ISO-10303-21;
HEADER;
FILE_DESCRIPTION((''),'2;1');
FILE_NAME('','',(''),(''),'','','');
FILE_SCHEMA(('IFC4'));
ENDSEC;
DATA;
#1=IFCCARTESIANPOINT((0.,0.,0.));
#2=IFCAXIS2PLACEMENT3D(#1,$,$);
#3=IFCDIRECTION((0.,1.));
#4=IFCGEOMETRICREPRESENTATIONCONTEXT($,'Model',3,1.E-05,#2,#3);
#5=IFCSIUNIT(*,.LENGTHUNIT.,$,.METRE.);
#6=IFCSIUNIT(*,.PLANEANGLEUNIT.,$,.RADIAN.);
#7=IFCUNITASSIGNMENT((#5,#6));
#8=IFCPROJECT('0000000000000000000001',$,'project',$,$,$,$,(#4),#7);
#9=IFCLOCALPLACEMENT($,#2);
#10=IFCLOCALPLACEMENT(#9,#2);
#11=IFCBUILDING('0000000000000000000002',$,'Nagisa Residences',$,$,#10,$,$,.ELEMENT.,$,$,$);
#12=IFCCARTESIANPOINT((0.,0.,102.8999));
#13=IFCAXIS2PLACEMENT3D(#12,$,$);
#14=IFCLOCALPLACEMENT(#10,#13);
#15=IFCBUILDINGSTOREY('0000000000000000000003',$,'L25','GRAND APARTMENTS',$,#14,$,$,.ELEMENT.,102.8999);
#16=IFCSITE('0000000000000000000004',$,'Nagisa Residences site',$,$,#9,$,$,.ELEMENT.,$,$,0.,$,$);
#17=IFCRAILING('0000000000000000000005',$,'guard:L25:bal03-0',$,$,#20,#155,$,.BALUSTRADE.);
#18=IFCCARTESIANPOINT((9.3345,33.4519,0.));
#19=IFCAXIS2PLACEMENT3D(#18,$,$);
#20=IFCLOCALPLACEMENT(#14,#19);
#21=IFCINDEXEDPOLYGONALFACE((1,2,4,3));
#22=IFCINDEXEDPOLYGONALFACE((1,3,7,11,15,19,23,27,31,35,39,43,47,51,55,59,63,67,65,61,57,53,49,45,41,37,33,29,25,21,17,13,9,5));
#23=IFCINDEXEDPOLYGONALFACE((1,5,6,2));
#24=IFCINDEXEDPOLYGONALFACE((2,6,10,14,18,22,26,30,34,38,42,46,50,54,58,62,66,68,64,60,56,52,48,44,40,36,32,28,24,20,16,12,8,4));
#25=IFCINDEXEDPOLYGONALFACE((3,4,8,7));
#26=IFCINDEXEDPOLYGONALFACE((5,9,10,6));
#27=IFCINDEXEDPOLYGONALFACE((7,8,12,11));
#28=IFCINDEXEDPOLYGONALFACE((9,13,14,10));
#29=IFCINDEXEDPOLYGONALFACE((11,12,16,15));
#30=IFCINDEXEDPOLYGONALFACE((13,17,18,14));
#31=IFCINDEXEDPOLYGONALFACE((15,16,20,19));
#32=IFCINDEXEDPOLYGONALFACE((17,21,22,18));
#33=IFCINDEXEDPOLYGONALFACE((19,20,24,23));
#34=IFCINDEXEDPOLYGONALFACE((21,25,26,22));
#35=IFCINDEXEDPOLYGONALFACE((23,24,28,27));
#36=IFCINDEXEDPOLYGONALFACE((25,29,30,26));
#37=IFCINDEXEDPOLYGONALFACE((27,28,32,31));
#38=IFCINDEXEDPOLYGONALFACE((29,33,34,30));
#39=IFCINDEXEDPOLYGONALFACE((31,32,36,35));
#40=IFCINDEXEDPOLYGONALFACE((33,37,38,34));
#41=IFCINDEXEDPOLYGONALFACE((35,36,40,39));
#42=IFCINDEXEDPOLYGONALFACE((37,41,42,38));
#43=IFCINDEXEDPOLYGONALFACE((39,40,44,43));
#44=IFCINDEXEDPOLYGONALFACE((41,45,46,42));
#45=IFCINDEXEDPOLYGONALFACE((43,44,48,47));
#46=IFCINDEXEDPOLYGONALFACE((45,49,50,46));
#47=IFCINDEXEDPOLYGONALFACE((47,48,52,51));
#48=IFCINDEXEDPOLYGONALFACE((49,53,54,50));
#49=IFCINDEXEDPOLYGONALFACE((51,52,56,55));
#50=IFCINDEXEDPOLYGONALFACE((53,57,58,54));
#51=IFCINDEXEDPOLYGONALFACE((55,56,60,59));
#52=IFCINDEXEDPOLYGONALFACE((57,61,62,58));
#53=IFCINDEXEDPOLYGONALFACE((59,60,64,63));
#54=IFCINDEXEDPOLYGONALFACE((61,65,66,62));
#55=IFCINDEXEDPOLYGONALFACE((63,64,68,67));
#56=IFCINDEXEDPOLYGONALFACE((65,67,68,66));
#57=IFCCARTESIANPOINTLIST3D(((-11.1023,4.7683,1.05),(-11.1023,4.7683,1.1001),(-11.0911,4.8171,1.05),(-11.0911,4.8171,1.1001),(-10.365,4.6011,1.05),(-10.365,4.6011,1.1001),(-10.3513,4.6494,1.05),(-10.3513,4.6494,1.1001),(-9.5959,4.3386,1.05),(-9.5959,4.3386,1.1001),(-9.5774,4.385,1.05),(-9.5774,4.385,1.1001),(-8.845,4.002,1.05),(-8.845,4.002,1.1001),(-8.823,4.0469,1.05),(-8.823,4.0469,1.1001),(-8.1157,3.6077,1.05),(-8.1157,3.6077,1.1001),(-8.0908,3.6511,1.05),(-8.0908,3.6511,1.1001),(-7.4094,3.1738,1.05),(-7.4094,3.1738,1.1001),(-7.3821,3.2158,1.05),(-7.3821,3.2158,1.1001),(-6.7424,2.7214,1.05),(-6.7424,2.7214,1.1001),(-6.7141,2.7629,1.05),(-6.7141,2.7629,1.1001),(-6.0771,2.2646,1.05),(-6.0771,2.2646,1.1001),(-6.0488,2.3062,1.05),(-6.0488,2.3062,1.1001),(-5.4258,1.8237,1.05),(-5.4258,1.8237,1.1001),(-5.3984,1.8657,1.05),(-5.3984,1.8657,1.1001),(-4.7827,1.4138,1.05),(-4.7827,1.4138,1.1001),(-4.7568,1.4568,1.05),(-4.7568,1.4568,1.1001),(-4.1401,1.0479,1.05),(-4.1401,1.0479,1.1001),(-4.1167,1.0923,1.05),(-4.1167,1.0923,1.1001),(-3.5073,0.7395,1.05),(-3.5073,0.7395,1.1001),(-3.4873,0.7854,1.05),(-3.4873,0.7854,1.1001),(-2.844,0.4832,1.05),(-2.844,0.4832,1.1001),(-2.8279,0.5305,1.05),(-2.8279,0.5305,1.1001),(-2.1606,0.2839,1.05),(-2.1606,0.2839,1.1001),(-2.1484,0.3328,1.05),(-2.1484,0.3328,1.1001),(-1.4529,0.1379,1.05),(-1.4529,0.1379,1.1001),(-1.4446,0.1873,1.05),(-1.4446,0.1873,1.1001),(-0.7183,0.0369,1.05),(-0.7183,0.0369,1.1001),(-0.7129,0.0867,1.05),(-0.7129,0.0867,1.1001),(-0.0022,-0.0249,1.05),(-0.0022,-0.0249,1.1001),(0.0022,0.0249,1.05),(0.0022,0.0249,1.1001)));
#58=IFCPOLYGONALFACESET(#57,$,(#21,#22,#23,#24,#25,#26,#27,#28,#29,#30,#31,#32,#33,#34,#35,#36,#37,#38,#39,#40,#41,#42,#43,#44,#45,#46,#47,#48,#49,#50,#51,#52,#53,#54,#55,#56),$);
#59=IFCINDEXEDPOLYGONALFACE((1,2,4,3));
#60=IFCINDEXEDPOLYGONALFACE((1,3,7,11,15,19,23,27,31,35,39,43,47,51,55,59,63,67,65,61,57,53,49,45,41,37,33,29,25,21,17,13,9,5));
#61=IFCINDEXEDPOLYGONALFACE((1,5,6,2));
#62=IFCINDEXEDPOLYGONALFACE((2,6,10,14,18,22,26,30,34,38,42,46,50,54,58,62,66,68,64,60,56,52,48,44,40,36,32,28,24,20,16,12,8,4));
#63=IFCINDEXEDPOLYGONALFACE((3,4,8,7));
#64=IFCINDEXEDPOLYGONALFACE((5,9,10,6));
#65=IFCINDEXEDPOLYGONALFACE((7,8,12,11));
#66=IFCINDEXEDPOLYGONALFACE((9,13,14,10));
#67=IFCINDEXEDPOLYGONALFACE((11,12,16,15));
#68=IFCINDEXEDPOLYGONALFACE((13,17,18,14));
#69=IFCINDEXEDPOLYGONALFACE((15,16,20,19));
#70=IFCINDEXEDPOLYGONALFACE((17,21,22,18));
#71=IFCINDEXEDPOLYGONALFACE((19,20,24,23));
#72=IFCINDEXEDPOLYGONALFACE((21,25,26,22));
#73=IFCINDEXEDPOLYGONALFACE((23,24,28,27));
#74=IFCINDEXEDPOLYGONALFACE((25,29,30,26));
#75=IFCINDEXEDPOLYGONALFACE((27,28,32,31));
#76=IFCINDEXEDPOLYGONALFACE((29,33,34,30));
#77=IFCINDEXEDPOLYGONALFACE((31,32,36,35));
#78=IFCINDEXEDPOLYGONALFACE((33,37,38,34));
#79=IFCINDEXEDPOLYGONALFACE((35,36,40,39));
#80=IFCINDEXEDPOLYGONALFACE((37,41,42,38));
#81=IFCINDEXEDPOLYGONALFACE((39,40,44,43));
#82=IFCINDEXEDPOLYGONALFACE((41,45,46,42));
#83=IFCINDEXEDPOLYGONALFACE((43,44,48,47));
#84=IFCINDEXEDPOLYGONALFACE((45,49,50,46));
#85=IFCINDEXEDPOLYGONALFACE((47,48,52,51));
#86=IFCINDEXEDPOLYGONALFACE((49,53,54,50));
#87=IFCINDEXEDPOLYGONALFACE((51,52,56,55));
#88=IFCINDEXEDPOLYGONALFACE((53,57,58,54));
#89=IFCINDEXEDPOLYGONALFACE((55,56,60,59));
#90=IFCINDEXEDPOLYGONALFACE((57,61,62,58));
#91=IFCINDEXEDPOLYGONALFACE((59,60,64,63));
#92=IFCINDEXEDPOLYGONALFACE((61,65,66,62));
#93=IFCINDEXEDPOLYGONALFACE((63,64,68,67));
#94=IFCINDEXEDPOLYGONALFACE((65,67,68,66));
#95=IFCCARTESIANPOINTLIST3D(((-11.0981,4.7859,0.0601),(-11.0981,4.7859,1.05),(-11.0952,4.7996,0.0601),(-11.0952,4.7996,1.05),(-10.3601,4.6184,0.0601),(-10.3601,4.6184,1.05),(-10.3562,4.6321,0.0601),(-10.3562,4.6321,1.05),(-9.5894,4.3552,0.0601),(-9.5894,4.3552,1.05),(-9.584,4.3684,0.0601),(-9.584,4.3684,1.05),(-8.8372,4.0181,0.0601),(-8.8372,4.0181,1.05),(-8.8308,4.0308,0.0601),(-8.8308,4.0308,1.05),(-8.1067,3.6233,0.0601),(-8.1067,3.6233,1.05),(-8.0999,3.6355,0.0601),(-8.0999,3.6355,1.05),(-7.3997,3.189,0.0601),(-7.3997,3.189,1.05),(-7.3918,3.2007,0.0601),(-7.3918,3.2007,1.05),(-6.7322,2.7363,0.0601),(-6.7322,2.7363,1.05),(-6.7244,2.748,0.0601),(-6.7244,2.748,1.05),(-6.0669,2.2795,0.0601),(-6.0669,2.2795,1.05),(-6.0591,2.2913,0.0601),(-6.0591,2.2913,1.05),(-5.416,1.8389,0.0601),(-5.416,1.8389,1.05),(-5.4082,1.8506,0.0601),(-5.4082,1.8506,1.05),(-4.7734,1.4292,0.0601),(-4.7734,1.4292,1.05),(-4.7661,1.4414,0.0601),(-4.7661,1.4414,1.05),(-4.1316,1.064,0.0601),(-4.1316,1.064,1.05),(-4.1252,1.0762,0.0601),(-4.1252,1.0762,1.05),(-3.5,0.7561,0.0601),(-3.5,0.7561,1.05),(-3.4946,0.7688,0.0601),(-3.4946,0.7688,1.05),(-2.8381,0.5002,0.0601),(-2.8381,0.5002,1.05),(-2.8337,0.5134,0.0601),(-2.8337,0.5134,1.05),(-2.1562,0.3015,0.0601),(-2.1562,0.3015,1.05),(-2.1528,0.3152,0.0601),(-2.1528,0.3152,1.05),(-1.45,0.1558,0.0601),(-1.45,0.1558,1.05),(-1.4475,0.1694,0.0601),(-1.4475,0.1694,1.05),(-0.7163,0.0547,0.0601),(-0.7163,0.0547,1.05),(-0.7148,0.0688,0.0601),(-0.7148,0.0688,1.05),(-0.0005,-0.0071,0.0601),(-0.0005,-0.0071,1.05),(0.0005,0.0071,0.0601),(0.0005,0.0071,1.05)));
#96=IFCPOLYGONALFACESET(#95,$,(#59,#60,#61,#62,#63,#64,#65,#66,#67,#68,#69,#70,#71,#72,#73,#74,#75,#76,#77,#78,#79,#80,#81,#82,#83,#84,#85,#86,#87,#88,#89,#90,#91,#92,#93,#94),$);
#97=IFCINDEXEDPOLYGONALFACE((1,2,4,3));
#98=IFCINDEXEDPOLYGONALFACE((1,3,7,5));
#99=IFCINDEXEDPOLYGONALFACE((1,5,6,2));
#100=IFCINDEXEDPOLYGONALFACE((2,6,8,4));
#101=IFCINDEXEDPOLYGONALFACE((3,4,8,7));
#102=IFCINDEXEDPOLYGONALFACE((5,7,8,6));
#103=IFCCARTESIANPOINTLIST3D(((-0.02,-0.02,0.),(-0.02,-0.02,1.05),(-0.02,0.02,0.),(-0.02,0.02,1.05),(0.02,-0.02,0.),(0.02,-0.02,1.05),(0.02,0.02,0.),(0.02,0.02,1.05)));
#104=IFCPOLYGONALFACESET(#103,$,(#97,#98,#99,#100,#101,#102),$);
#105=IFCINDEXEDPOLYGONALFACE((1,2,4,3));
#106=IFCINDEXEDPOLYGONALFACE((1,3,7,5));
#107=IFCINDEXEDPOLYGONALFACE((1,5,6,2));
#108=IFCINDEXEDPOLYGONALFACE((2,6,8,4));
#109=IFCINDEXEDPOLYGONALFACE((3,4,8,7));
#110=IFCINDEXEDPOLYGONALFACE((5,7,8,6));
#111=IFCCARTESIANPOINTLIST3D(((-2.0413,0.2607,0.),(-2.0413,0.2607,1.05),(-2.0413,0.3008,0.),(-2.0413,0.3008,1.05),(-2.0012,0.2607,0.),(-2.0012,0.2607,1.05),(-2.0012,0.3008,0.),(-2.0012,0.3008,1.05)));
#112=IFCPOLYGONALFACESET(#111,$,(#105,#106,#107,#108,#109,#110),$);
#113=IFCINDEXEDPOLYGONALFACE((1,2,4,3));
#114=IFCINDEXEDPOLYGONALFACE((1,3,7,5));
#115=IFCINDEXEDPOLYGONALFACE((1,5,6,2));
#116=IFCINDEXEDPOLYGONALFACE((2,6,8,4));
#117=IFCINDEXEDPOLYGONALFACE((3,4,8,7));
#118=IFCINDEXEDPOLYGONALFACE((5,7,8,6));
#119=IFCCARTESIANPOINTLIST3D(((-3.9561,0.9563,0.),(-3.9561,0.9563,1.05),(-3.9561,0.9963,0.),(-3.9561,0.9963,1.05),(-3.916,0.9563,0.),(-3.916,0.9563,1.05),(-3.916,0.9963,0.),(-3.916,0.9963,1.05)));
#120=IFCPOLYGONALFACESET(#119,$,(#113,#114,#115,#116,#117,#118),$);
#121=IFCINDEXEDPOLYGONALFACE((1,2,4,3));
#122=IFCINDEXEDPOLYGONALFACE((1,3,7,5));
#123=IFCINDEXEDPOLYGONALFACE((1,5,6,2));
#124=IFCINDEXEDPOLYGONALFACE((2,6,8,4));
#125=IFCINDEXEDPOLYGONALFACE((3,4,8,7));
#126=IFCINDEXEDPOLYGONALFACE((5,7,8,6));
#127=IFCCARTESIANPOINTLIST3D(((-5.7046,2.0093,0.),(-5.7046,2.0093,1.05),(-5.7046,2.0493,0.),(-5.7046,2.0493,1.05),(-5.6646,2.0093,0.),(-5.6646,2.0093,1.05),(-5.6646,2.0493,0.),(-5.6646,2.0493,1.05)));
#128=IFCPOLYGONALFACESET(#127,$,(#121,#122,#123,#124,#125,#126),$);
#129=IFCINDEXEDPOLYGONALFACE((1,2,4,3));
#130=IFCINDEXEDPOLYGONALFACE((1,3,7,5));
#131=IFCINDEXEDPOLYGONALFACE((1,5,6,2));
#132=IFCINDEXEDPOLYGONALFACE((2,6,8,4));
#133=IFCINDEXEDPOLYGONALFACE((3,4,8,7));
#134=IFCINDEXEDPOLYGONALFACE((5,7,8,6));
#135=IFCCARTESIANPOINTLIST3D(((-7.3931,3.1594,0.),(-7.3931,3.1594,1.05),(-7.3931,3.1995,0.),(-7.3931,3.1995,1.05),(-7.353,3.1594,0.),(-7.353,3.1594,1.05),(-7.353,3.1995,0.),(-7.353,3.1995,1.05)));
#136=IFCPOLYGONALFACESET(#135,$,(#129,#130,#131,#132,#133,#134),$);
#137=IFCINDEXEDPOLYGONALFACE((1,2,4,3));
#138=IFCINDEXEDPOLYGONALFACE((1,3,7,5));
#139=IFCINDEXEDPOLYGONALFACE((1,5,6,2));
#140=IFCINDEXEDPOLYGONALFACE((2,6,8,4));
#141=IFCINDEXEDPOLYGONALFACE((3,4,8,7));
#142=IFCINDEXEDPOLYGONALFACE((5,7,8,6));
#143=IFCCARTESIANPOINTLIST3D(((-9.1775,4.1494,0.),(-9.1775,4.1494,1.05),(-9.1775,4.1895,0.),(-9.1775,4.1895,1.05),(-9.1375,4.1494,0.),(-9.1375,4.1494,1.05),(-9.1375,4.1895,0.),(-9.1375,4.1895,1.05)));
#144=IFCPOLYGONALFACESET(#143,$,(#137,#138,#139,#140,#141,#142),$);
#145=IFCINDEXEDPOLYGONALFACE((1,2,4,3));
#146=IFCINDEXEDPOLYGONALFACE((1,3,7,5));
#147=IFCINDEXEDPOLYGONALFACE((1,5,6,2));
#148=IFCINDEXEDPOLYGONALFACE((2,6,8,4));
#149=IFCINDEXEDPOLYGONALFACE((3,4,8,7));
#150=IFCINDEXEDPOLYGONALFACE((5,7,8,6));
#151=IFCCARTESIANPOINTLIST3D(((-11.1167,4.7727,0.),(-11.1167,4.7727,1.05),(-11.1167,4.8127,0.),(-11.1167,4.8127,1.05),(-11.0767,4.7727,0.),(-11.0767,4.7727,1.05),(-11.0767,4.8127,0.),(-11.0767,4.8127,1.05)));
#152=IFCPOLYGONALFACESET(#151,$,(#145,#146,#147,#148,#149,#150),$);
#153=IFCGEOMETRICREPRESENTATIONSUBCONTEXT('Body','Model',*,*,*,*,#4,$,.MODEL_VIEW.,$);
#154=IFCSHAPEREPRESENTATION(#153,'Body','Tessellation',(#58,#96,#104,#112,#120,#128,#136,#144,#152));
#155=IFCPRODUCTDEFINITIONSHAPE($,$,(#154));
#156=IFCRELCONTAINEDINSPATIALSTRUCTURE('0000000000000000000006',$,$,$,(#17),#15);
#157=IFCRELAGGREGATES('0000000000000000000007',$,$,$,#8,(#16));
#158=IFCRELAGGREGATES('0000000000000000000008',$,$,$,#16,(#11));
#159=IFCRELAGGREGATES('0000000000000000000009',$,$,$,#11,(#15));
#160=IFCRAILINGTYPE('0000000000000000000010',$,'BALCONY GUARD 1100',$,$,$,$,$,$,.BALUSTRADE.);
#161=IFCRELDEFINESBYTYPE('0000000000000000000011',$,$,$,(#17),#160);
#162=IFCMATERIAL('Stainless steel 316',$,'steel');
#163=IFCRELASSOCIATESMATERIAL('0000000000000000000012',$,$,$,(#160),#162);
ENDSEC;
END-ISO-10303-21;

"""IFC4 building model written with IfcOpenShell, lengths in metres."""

from ifc_helpers import new_model, si_unit, direction, frame, origin, origin_2d, place, context, subcontext, project, spatial, polyline, rectangle, outline, extrude, material, type_object, element, save


model = new_model("IFC4")

# Units and contexts
model_context = context("Model", 3, precision=1e-05, world=origin(), true_north=direction((0.0, 1.0)))
body_context = subcontext(model_context, "Body", "Model", "MODEL_VIEW")
ifc_project = project(units=[si_unit("LENGTHUNIT", "METRE"), si_unit("PLANEANGLEUNIT", "RADIAN")], contexts=[model_context])

# Site, building, storey
site_placement = place(None, origin())
site = spatial("IfcSite", under=ifc_project, at=site_placement, Name="Nagisa Residences site", CompositionType="ELEMENT", RefElevation=0.0)
building_placement = place(site_placement, origin())
building = spatial("IfcBuilding", under=site, at=building_placement, Name="Nagisa Residences", CompositionType="ELEMENT")
storey_placement = place(building_placement, frame((0.0, 0.0, 102.8999)))
storey = spatial("IfcBuildingStorey", under=building, at=storey_placement, Name="L25", Description="GRAND APARTMENTS", CompositionType="ELEMENT", Elevation=102.8999)

# Railing
ifc_material_1 = material(Name="Stainless steel 316", Category="steel")
railing_type = type_object("IfcRailingType", Name="BALCONY GUARD 1100", PredefinedType="BALUSTRADE", material=ifc_material_1)
railing_placement = place(storey_placement, frame((9.3345, 33.4519, 0.0)))
element("IfcRailing", 1, at=railing_placement, inside=storey, type_object=railing_type, Name="guard:L25:bal03-0", PredefinedType="BALUSTRADE", context=body_context, shape_type="SweptSolid", body=[
    extrude(outline(polyline([(-0.7183, 0.0369), (-0.0022, -0.0249), (0.0022, 0.0249), (-0.7129, 0.0867), (-1.4446, 0.1873), (-2.1484, 0.3328), (-2.8279, 0.5305), (-3.4873, 0.7854), (-4.1167, 1.0923), (-4.7568, 1.4568), (-5.3984, 1.8657), (-6.0488, 2.3062), (-6.7141, 2.7629), (-7.3821, 3.2158), (-8.0908, 3.6511), (-8.823, 4.0469), (-9.5774, 4.385), (-10.3513, 4.6494), (-11.0911, 4.8171), (-11.1023, 4.7683), (-10.365, 4.6011), (-9.5959, 4.3386), (-8.845, 4.002), (-8.1157, 3.6077), (-7.4094, 3.1738), (-6.7424, 2.7214), (-6.0771, 2.2646), (-5.4258, 1.8237), (-4.7827, 1.4138), (-4.1401, 1.0479), (-3.5073, 0.7395), (-2.844, 0.4832), (-2.1606, 0.2839), (-1.4529, 0.1379), (-0.7183, 0.0369)])), frame((0.0, 0.0, 1.05)), (0.0, 0.0, 1.0), 0.05),
    extrude(outline(polyline([(-0.7163, 0.0547), (-0.0005, -0.0071), (0.0005, 0.0071), (-0.7148, 0.0688), (-1.4475, 0.1694), (-2.1528, 0.3152), (-2.8337, 0.5134), (-3.4946, 0.7688), (-4.1252, 1.0762), (-4.7661, 1.4414), (-5.4082, 1.8506), (-6.0591, 2.2913), (-6.7244, 2.748), (-7.3918, 3.2007), (-8.0999, 3.6355), (-8.8308, 4.0308), (-9.584, 4.3684), (-10.3562, 4.6321), (-11.0952, 4.7996), (-11.0981, 4.7859), (-10.3601, 4.6184), (-9.5894, 4.3552), (-8.8372, 4.0181), (-8.1067, 3.6233), (-7.3997, 3.189), (-6.7322, 2.7363), (-6.0669, 2.2795), (-5.416, 1.8389), (-4.7734, 1.4292), (-4.1316, 1.064), (-3.5, 0.7561), (-2.8381, 0.5002), (-2.1562, 0.3015), (-1.45, 0.1558), (-0.7163, 0.0547)])), frame((0.0, 0.0, 0.0601)), (0.0, 0.0, 1.0), 0.99),
    extrude(rectangle(XDim=0.04, YDim=0.04, at=origin_2d()), origin(), (0.0, 0.0, 1.0), 1.05),
    extrude(rectangle(XDim=0.04, YDim=0.04, at=origin_2d()), frame((-2.0212, 0.2808, 0.0)), (0.0, 0.0, 1.0), 1.05),
    extrude(rectangle(XDim=0.04, YDim=0.04, at=origin_2d()), frame((-3.936, 0.9763, 0.0)), (0.0, 0.0, 1.0), 1.05),
    extrude(rectangle(XDim=0.04, YDim=0.04, at=origin_2d()), frame((-5.6846, 2.0293, 0.0)), (0.0, 0.0, 1.0), 1.05),
    extrude(rectangle(XDim=0.04, YDim=0.04, at=origin_2d()), frame((-7.373, 3.1794, 0.0)), (0.0, 0.0, 1.0), 1.05),
    extrude(rectangle(XDim=0.04, YDim=0.04, at=origin_2d()), frame((-9.1575, 4.1694, 0.0)), (0.0, 0.0, 1.0), 1.05),
    extrude(rectangle(XDim=0.04, YDim=0.04, at=origin_2d()), frame((-11.0967, 4.7927, 0.0)), (0.0, 0.0, 1.0), 1.05),
])

save(model, "model.ifc")
